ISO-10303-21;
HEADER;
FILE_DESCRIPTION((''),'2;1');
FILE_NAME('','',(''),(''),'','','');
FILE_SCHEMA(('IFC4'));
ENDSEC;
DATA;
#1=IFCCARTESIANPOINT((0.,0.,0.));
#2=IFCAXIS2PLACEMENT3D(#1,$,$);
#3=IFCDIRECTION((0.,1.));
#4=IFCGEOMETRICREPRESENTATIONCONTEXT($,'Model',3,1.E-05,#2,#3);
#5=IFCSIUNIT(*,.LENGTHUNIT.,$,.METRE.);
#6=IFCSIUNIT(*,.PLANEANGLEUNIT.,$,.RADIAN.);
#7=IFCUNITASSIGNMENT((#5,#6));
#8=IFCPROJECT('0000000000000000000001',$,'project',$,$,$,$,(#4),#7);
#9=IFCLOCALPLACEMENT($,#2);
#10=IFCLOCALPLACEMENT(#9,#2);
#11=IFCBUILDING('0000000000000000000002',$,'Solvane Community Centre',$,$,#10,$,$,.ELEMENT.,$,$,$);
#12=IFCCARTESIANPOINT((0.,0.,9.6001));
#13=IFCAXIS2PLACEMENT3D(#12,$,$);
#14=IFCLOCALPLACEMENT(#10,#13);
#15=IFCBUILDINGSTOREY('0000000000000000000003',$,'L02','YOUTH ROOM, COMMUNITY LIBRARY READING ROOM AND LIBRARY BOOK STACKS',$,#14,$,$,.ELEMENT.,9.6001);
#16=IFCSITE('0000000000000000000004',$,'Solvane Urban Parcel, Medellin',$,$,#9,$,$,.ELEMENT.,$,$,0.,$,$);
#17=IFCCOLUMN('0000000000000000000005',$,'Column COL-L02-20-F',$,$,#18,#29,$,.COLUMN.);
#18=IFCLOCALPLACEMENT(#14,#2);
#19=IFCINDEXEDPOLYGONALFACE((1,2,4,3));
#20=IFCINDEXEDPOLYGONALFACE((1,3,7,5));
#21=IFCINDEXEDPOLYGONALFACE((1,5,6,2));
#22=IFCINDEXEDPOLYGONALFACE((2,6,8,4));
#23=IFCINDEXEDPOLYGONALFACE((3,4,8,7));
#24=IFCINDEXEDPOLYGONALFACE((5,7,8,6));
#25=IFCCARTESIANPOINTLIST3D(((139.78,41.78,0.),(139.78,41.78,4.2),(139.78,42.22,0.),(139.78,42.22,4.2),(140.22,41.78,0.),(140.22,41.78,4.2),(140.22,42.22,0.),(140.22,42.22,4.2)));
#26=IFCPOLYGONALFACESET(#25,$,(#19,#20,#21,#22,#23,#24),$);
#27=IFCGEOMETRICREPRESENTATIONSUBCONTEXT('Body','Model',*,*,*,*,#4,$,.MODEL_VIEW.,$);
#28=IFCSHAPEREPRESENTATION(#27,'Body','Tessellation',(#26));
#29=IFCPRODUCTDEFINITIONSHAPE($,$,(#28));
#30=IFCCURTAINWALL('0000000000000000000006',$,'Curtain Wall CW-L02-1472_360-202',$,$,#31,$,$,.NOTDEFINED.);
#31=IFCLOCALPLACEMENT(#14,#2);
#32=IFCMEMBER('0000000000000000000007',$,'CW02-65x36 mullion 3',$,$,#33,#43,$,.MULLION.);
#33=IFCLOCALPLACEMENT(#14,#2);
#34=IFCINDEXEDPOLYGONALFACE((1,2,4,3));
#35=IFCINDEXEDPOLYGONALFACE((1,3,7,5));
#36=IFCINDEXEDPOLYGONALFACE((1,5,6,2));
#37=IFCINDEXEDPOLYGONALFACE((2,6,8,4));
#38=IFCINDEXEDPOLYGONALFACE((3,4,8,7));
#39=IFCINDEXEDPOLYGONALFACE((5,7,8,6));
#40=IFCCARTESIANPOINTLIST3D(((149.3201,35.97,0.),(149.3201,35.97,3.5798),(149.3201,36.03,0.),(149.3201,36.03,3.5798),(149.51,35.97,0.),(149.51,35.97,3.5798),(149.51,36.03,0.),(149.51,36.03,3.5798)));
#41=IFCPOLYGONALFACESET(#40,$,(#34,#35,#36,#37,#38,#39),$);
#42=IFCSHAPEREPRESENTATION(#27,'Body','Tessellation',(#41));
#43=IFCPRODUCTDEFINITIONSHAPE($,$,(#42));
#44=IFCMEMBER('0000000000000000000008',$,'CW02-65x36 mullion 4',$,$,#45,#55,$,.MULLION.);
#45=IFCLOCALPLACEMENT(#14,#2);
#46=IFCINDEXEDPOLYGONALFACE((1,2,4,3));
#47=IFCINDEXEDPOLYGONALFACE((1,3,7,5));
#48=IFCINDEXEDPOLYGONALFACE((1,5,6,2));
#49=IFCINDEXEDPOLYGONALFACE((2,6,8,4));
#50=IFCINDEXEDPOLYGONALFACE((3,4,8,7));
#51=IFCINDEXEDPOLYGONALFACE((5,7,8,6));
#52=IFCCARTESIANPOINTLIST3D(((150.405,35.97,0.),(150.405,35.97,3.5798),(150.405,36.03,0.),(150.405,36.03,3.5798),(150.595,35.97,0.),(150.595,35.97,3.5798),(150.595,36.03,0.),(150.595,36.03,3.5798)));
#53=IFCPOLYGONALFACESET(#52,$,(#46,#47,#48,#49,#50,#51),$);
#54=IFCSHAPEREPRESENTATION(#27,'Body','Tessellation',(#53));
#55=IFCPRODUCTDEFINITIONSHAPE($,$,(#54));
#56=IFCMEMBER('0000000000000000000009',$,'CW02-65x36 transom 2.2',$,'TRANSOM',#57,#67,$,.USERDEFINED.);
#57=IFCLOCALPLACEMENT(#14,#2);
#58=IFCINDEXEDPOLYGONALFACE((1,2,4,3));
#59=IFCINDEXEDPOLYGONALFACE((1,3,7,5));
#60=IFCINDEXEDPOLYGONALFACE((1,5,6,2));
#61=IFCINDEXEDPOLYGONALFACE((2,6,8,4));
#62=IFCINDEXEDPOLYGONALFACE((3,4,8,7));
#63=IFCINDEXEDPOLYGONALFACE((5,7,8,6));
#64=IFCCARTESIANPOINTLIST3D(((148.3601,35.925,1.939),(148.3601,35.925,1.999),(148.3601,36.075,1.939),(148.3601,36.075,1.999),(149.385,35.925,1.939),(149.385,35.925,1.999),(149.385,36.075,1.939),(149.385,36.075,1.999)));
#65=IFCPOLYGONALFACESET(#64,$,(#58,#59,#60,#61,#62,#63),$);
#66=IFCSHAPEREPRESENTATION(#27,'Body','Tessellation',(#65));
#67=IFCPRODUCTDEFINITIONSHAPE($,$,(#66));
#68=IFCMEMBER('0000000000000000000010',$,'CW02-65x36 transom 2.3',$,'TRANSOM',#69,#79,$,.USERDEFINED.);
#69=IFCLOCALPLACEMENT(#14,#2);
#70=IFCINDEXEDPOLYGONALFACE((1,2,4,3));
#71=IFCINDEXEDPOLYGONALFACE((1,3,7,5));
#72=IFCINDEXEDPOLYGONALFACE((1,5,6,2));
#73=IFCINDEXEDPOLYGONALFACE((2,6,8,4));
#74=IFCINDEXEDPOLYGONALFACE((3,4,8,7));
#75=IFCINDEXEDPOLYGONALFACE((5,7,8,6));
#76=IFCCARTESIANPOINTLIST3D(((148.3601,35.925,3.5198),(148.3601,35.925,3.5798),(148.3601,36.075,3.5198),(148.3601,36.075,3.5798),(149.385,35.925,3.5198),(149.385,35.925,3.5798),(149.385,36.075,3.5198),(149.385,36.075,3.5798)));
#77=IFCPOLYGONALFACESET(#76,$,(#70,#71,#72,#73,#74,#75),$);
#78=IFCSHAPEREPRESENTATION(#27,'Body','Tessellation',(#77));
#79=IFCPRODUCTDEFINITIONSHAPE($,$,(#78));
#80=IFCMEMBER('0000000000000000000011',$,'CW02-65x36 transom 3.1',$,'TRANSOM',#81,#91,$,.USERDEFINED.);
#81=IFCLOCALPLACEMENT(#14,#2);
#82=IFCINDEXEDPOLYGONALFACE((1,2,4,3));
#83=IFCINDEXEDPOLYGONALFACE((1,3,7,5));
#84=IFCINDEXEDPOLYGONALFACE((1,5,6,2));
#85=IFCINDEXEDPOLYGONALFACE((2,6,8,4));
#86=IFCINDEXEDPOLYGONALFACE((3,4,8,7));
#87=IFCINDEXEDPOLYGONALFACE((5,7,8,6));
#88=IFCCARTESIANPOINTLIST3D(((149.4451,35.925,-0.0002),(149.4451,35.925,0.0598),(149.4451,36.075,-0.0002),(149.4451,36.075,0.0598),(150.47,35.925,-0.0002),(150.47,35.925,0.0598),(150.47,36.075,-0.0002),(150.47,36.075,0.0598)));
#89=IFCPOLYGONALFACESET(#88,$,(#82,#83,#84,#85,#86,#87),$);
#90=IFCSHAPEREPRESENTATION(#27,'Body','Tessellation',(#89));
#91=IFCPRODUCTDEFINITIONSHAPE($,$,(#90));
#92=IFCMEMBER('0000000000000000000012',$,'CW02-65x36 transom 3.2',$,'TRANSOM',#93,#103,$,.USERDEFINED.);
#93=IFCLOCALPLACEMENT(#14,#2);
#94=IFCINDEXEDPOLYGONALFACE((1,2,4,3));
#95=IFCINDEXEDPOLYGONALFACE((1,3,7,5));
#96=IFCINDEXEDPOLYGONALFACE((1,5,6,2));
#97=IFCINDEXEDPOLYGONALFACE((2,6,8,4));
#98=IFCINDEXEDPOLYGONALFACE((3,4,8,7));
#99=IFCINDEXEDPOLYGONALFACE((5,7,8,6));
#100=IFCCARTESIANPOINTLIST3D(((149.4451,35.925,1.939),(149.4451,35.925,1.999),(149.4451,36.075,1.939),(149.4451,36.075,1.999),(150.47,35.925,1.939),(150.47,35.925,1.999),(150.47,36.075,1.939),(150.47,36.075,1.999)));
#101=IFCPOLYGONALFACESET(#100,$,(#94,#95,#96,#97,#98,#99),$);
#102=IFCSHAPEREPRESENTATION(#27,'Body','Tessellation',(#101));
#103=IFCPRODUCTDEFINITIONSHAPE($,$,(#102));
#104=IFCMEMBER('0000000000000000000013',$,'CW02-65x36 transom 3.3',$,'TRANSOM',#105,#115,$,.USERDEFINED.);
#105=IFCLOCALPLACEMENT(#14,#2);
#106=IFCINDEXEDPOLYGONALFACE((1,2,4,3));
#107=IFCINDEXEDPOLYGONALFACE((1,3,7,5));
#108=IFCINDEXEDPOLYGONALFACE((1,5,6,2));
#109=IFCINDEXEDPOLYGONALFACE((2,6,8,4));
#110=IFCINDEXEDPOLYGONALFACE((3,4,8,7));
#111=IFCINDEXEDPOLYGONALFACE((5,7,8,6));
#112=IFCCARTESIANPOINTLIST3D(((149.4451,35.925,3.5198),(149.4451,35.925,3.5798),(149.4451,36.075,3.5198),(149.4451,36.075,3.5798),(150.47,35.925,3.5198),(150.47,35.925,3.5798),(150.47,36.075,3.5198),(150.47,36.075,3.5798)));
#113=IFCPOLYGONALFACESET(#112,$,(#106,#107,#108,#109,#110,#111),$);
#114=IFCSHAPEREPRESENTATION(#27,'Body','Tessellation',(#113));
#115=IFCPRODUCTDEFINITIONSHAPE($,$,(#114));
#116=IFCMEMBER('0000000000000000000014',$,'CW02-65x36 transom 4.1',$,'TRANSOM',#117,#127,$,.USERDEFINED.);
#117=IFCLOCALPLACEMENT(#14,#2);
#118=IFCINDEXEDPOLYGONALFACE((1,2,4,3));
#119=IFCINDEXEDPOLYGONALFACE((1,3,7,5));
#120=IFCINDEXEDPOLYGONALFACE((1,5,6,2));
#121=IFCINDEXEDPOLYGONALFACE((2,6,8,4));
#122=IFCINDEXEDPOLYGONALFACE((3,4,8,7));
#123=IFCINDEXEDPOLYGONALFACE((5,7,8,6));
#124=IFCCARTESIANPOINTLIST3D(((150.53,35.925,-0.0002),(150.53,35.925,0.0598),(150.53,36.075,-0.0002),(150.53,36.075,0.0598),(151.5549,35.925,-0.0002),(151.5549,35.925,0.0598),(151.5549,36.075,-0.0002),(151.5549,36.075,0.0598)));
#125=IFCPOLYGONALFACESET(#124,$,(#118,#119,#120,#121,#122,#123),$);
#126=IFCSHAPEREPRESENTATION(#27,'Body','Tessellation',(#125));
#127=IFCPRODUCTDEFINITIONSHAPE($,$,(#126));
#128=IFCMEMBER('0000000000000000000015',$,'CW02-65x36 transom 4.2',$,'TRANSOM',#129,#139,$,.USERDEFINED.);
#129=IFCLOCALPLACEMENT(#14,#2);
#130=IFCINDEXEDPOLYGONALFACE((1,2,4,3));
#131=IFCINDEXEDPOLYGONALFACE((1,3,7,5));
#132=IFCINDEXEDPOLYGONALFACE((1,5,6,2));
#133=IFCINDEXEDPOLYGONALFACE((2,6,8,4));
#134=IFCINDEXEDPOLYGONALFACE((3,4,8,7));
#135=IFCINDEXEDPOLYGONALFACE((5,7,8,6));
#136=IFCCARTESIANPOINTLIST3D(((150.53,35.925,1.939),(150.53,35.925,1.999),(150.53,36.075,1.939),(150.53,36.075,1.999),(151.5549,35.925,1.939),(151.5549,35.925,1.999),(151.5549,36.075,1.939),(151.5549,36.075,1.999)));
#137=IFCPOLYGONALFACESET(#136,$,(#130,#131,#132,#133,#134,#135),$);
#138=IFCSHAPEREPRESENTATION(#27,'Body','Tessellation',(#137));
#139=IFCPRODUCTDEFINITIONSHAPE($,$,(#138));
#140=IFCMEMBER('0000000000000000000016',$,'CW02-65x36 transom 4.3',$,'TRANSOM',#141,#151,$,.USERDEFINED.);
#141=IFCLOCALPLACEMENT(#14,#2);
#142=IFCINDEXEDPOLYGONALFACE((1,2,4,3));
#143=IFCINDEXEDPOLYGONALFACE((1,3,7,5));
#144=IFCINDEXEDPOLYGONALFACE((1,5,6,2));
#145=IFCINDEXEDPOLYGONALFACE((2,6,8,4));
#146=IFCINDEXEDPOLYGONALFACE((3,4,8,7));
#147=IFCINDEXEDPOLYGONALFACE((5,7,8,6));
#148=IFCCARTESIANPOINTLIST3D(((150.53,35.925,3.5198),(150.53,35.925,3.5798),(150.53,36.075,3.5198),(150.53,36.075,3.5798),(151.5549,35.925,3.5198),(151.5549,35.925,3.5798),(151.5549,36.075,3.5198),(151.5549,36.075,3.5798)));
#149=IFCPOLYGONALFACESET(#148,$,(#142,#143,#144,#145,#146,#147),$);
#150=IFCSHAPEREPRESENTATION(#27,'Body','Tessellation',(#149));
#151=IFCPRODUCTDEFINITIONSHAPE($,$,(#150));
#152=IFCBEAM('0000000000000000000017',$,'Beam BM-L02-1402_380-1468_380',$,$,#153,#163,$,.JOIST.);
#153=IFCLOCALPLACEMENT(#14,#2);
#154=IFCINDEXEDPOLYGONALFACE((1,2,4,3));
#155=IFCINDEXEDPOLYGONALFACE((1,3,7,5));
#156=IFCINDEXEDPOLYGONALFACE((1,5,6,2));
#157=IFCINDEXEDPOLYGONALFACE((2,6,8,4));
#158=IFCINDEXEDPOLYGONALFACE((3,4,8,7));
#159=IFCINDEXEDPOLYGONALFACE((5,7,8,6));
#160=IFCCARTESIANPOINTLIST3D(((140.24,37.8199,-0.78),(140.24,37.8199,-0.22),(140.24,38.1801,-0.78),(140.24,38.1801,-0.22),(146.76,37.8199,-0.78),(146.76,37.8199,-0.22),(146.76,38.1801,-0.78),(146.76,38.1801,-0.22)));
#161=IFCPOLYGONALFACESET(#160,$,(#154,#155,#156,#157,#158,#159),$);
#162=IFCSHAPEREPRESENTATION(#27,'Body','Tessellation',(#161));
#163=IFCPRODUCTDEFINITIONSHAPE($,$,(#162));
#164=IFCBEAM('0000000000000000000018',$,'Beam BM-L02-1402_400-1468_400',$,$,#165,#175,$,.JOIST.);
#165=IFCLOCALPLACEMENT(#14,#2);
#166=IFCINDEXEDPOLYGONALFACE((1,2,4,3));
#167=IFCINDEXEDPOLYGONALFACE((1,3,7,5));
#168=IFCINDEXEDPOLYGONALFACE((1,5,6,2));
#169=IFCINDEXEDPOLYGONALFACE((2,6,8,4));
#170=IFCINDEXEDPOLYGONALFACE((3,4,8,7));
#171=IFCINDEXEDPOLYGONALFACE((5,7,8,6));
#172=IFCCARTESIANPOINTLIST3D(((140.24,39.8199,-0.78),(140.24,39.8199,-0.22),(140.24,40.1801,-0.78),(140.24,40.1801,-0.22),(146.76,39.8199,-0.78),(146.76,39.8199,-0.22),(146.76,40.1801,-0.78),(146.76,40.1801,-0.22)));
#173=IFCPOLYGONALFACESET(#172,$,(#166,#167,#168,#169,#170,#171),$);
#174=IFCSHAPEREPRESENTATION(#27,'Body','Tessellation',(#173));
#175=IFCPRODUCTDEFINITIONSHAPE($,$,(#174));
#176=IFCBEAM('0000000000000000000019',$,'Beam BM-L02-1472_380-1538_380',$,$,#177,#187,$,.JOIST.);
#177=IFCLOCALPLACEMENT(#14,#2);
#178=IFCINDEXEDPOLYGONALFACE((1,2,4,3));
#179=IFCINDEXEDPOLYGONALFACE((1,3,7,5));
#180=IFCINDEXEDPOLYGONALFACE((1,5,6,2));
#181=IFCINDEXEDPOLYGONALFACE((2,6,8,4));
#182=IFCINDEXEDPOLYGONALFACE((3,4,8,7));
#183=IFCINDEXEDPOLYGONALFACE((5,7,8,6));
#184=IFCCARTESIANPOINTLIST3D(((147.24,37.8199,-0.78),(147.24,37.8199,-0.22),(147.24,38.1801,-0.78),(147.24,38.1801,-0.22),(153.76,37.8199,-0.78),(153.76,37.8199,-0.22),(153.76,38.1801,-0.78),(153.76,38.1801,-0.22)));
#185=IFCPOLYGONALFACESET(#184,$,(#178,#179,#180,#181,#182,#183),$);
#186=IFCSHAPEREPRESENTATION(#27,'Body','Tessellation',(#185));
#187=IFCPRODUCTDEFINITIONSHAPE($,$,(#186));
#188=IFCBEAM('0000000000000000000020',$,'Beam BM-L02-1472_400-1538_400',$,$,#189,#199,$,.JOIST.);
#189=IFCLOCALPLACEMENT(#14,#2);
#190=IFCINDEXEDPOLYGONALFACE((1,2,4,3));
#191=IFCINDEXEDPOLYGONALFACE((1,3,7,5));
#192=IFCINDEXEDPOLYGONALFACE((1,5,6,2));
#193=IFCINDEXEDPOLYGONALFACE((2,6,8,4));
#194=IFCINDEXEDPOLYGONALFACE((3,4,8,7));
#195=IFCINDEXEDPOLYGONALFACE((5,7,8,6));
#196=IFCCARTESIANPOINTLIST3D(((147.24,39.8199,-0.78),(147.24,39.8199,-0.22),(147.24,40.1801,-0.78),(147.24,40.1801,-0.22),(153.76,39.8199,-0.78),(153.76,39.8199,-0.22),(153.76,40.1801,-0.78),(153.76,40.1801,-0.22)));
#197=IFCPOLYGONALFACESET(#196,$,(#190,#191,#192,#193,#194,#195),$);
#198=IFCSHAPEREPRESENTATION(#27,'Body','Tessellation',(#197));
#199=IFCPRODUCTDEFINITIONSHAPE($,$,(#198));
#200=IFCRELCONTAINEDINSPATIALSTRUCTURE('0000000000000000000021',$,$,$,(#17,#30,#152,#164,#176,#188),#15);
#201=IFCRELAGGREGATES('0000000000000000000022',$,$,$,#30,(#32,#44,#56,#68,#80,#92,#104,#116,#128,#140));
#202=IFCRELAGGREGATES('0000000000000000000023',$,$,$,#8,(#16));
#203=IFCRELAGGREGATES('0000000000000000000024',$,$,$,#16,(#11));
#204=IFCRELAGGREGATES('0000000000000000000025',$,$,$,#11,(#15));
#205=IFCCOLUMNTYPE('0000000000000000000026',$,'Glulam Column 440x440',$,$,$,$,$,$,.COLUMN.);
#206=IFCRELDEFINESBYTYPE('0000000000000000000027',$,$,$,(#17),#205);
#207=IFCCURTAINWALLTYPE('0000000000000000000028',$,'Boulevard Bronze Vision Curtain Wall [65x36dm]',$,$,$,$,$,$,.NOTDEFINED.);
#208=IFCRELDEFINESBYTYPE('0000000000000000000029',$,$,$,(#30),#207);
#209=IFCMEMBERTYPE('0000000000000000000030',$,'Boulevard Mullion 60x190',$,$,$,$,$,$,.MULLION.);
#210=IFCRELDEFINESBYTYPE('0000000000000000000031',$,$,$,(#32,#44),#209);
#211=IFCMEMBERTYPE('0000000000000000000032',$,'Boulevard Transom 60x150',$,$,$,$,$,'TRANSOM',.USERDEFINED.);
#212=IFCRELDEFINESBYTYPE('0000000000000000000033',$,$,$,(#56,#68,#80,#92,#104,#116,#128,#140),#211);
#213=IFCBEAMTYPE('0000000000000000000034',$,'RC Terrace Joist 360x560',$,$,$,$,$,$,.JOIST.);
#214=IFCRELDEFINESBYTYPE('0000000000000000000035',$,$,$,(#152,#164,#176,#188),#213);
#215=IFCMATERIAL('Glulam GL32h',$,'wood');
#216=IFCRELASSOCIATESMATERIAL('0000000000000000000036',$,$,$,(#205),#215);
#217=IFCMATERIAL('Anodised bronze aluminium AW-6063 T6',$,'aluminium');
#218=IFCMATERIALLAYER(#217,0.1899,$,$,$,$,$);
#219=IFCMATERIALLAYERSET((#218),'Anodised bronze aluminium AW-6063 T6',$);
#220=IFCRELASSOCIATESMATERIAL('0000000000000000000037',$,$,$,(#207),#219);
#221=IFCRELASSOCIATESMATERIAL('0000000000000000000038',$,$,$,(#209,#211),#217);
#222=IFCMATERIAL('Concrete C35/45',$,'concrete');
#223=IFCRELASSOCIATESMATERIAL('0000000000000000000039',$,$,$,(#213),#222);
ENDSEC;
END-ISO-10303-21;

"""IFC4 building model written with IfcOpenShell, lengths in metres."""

from ifc_helpers import new_model, si_unit, direction, frame, origin, origin_2d, place, context, subcontext, project, spatial, rectangle, extrude, material, layer, layer_set, material_profile, profile_set, type_object, element, aggregate, save


model = new_model("IFC4")

# Units and contexts
model_context = context("Model", 3, precision=1e-05, world=origin(), true_north=direction((0.0, 1.0)))
body_context = subcontext(model_context, "Body", "Model", "MODEL_VIEW")
ifc_project = project(units=[si_unit("LENGTHUNIT", "METRE"), si_unit("PLANEANGLEUNIT", "RADIAN")], contexts=[model_context])

# Site, building, storey
site_placement = place(None, origin())
site = spatial("IfcSite", under=ifc_project, at=site_placement, Name="Solvane Urban Parcel, Medellin", CompositionType="ELEMENT", RefElevation=0.0)
building_placement = place(site_placement, origin())
building = spatial("IfcBuilding", under=site, at=building_placement, Name="Solvane Community Centre", CompositionType="ELEMENT")
storey_placement = place(building_placement, frame((0.0, 0.0, 9.6001)))
storey = spatial("IfcBuildingStorey", under=building, at=storey_placement, Name="L02", Description="YOUTH ROOM, COMMUNITY LIBRARY READING ROOM AND LIBRARY BOOK STACKS", CompositionType="ELEMENT", Elevation=9.6001)

# Column
ifc_material_1 = material(Name="Glulam GL32h", Category="wood")
ifc_material_profile_1 = material_profile(ifc_material_1, rectangle(XDim=0.4399, YDim=0.4399, at=origin_2d()), Name="GL32h 440x440")
ifc_profile_set_1 = profile_set([ifc_material_profile_1], Name="Glulam GL32h")
column_type = type_object("IfcColumnType", Name="Glulam Column 440x440", PredefinedType="COLUMN", material=ifc_profile_set_1)
column_placement = place(storey_placement, frame((140.0, 42.0, 0.0), z_axis=(0.0, 0.0, 1.0), x_axis=(1.0, 0.0, 0.0)))
element("IfcColumn", 1, at=column_placement, inside=storey, type_object=column_type, Name="Column COL-L02-20-F", PredefinedType="COLUMN", context=body_context, shape_type="SweptSolid", body=[
    extrude(rectangle(XDim=0.4399, YDim=0.4399, at=origin_2d()), origin(), (0.0, 0.0, 1.0), 4.2),
])

# Curtain wall, members
ifc_material_2 = material(Name="Anodised bronze aluminium AW-6063 T6", Category="aluminium")
ifc_layer_1 = layer(ifc_material_2, 0.1899)
ifc_layer_set_1 = layer_set([ifc_layer_1], Name="Anodised bronze aluminium AW-6063 T6")
curtain_wall_type = type_object("IfcCurtainWallType", Name="Boulevard Bronze Vision Curtain Wall [65x36dm]", PredefinedType="NOTDEFINED", material=ifc_layer_set_1)
curtain_wall_placement = place(storey_placement, origin())
curtain_wall = element("IfcCurtainWall", 2, at=curtain_wall_placement, inside=storey, type_object=curtain_wall_type, Name="Curtain Wall CW-L02-1472_360-202", PredefinedType="NOTDEFINED")
ifc_material_profile_2 = material_profile(ifc_material_2, rectangle(XDim=0.0601, YDim=0.1899, at=origin_2d()), Name="CW-M 60x190")
ifc_profile_set_2 = profile_set([ifc_material_profile_2], Name="Anodised bronze aluminium AW-6063 T6")
member_type_1 = type_object("IfcMemberType", Name="Boulevard Mullion 60x190", PredefinedType="MULLION", material=ifc_profile_set_2)
member_1_placement = place(storey_placement, frame((149.415, 36.0, 0.0), z_axis=(0.0, 0.0, 1.0), x_axis=(0.0, 1.0, 0.0)))
member_1 = element("IfcMember", 3, at=member_1_placement, type_object=member_type_1, Name="CW02-65x36 mullion 3", PredefinedType="MULLION", context=body_context, shape_type="SweptSolid", body=[
    extrude(rectangle(XDim=0.0601, YDim=0.1899, at=origin_2d()), origin(), (0.0, 0.0, 1.0), 3.5798),
])
member_2_placement = place(storey_placement, frame((150.5, 36.0, 0.0), z_axis=(0.0, 0.0, 1.0), x_axis=(0.0, 1.0, 0.0)))
member_2 = element("IfcMember", 4, at=member_2_placement, type_object=member_type_1, Name="CW02-65x36 mullion 4", PredefinedType="MULLION", context=body_context, shape_type="SweptSolid", body=[
    extrude(rectangle(XDim=0.0601, YDim=0.1899, at=origin_2d()), origin(), (0.0, 0.0, 1.0), 3.5798),
])
ifc_material_profile_3 = material_profile(ifc_material_2, rectangle(XDim=0.1499, YDim=0.0601, at=origin_2d()), Name="CW-T 60x150")
ifc_profile_set_3 = profile_set([ifc_material_profile_3], Name="Anodised bronze aluminium AW-6063 T6")
member_type_2 = type_object("IfcMemberType", Name="Boulevard Transom 60x150", ElementType="TRANSOM", PredefinedType="USERDEFINED", material=ifc_profile_set_3)
member_3_placement = place(storey_placement, frame((148.3601, 36.0, 1.969), z_axis=(1.0, 0.0, 0.0), x_axis=(0.0, 1.0, 0.0)))
member_3 = element("IfcMember", 5, at=member_3_placement, type_object=member_type_2, Name="CW02-65x36 transom 2.2", ObjectType="TRANSOM", PredefinedType="USERDEFINED", context=body_context, shape_type="SweptSolid", body=[
    extrude(rectangle(XDim=0.1499, YDim=0.0601, at=origin_2d()), origin(), (0.0, 0.0, 1.0), 1.0249),
])
member_4_placement = place(storey_placement, frame((148.3601, 36.0, 3.5498), z_axis=(1.0, 0.0, 0.0), x_axis=(0.0, 1.0, 0.0)))
member_4 = element("IfcMember", 6, at=member_4_placement, type_object=member_type_2, Name="CW02-65x36 transom 2.3", ObjectType="TRANSOM", PredefinedType="USERDEFINED", context=body_context, shape_type="SweptSolid", body=[
    extrude(rectangle(XDim=0.1499, YDim=0.0601, at=origin_2d()), origin(), (0.0, 0.0, 1.0), 1.0249),
])
member_5_placement = place(storey_placement, frame((149.4451, 36.0, 0.0298), z_axis=(1.0, 0.0, 0.0), x_axis=(0.0, 1.0, 0.0)))
member_5 = element("IfcMember", 7, at=member_5_placement, type_object=member_type_2, Name="CW02-65x36 transom 3.1", ObjectType="TRANSOM", PredefinedType="USERDEFINED", context=body_context, shape_type="SweptSolid", body=[
    extrude(rectangle(XDim=0.1499, YDim=0.0601, at=origin_2d()), origin(), (0.0, 0.0, 1.0), 1.0249),
])
member_6_placement = place(storey_placement, frame((149.4451, 36.0, 1.969), z_axis=(1.0, 0.0, 0.0), x_axis=(0.0, 1.0, 0.0)))
member_6 = element("IfcMember", 8, at=member_6_placement, type_object=member_type_2, Name="CW02-65x36 transom 3.2", ObjectType="TRANSOM", PredefinedType="USERDEFINED", context=body_context, shape_type="SweptSolid", body=[
    extrude(rectangle(XDim=0.1499, YDim=0.0601, at=origin_2d()), origin(), (0.0, 0.0, 1.0), 1.0249),
])
member_7_placement = place(storey_placement, frame((149.4451, 36.0, 3.5498), z_axis=(1.0, 0.0, 0.0), x_axis=(0.0, 1.0, 0.0)))
member_7 = element("IfcMember", 9, at=member_7_placement, type_object=member_type_2, Name="CW02-65x36 transom 3.3", ObjectType="TRANSOM", PredefinedType="USERDEFINED", context=body_context, shape_type="SweptSolid", body=[
    extrude(rectangle(XDim=0.1499, YDim=0.0601, at=origin_2d()), origin(), (0.0, 0.0, 1.0), 1.0249),
])
member_8_placement = place(storey_placement, frame((150.53, 36.0, 0.0298), z_axis=(1.0, 0.0, 0.0), x_axis=(0.0, 1.0, 0.0)))
member_8 = element("IfcMember", 10, at=member_8_placement, type_object=member_type_2, Name="CW02-65x36 transom 4.1", ObjectType="TRANSOM", PredefinedType="USERDEFINED", context=body_context, shape_type="SweptSolid", body=[
    extrude(rectangle(XDim=0.1499, YDim=0.0601, at=origin_2d()), origin(), (0.0, 0.0, 1.0), 1.0249),
])
member_9_placement = place(storey_placement, frame((150.53, 36.0, 1.969), z_axis=(1.0, 0.0, 0.0), x_axis=(0.0, 1.0, 0.0)))
member_9 = element("IfcMember", 11, at=member_9_placement, type_object=member_type_2, Name="CW02-65x36 transom 4.2", ObjectType="TRANSOM", PredefinedType="USERDEFINED", context=body_context, shape_type="SweptSolid", body=[
    extrude(rectangle(XDim=0.1499, YDim=0.0601, at=origin_2d()), origin(), (0.0, 0.0, 1.0), 1.0249),
])
member_10_placement = place(storey_placement, frame((150.53, 36.0, 3.5498), z_axis=(1.0, 0.0, 0.0), x_axis=(0.0, 1.0, 0.0)))
member_10 = element("IfcMember", 12, at=member_10_placement, type_object=member_type_2, Name="CW02-65x36 transom 4.3", ObjectType="TRANSOM", PredefinedType="USERDEFINED", context=body_context, shape_type="SweptSolid", body=[
    extrude(rectangle(XDim=0.1499, YDim=0.0601, at=origin_2d()), origin(), (0.0, 0.0, 1.0), 1.0249),
])

# Beams
ifc_material_3 = material(Name="Concrete C35/45", Category="concrete")
ifc_material_profile_4 = material_profile(ifc_material_3, rectangle(XDim=0.3601, YDim=0.5601, at=origin_2d()), Name="RC 360x560")
ifc_profile_set_4 = profile_set([ifc_material_profile_4], Name="Concrete C35/45")
beam_type = type_object("IfcBeamType", Name="RC Terrace Joist 360x560", PredefinedType="JOIST", material=ifc_profile_set_4)
for number, where, z_axis, x_axis, name in (
    (13, (140.24, 38.0, -0.5), (1.0, 0.0, 0.0), (0.0, 1.0, 0.0), "Beam BM-L02-1402_380-1468_380"),
    (14, (140.24, 40.0, -0.5), (1.0, 0.0, 0.0), (0.0, 1.0, 0.0), "Beam BM-L02-1402_400-1468_400"),
    (15, (147.24, 38.0, -0.5), (1.0, 0.0, 0.0), (0.0, 1.0, 0.0), "Beam BM-L02-1472_380-1538_380"),
    (16, (147.24, 40.0, -0.5), (1.0, 0.0, 0.0), (0.0, 1.0, 0.0), "Beam BM-L02-1472_400-1538_400"),
):
    element("IfcBeam", number, at=place(storey_placement, frame(where, z_axis=z_axis, x_axis=x_axis)), inside=storey, type_object=beam_type, Name=name, PredefinedType="JOIST", context=body_context, shape_type="SweptSolid", body=[
        extrude(rectangle(XDim=0.3601, YDim=0.5601, at=origin_2d()), origin(), (0.0, 0.0, 1.0), 6.52),
    ])

aggregate(curtain_wall, [member_1, member_2, member_3, member_4, member_5, member_6, member_7, member_8, member_9, member_10])

save(model, "model.ifc")
